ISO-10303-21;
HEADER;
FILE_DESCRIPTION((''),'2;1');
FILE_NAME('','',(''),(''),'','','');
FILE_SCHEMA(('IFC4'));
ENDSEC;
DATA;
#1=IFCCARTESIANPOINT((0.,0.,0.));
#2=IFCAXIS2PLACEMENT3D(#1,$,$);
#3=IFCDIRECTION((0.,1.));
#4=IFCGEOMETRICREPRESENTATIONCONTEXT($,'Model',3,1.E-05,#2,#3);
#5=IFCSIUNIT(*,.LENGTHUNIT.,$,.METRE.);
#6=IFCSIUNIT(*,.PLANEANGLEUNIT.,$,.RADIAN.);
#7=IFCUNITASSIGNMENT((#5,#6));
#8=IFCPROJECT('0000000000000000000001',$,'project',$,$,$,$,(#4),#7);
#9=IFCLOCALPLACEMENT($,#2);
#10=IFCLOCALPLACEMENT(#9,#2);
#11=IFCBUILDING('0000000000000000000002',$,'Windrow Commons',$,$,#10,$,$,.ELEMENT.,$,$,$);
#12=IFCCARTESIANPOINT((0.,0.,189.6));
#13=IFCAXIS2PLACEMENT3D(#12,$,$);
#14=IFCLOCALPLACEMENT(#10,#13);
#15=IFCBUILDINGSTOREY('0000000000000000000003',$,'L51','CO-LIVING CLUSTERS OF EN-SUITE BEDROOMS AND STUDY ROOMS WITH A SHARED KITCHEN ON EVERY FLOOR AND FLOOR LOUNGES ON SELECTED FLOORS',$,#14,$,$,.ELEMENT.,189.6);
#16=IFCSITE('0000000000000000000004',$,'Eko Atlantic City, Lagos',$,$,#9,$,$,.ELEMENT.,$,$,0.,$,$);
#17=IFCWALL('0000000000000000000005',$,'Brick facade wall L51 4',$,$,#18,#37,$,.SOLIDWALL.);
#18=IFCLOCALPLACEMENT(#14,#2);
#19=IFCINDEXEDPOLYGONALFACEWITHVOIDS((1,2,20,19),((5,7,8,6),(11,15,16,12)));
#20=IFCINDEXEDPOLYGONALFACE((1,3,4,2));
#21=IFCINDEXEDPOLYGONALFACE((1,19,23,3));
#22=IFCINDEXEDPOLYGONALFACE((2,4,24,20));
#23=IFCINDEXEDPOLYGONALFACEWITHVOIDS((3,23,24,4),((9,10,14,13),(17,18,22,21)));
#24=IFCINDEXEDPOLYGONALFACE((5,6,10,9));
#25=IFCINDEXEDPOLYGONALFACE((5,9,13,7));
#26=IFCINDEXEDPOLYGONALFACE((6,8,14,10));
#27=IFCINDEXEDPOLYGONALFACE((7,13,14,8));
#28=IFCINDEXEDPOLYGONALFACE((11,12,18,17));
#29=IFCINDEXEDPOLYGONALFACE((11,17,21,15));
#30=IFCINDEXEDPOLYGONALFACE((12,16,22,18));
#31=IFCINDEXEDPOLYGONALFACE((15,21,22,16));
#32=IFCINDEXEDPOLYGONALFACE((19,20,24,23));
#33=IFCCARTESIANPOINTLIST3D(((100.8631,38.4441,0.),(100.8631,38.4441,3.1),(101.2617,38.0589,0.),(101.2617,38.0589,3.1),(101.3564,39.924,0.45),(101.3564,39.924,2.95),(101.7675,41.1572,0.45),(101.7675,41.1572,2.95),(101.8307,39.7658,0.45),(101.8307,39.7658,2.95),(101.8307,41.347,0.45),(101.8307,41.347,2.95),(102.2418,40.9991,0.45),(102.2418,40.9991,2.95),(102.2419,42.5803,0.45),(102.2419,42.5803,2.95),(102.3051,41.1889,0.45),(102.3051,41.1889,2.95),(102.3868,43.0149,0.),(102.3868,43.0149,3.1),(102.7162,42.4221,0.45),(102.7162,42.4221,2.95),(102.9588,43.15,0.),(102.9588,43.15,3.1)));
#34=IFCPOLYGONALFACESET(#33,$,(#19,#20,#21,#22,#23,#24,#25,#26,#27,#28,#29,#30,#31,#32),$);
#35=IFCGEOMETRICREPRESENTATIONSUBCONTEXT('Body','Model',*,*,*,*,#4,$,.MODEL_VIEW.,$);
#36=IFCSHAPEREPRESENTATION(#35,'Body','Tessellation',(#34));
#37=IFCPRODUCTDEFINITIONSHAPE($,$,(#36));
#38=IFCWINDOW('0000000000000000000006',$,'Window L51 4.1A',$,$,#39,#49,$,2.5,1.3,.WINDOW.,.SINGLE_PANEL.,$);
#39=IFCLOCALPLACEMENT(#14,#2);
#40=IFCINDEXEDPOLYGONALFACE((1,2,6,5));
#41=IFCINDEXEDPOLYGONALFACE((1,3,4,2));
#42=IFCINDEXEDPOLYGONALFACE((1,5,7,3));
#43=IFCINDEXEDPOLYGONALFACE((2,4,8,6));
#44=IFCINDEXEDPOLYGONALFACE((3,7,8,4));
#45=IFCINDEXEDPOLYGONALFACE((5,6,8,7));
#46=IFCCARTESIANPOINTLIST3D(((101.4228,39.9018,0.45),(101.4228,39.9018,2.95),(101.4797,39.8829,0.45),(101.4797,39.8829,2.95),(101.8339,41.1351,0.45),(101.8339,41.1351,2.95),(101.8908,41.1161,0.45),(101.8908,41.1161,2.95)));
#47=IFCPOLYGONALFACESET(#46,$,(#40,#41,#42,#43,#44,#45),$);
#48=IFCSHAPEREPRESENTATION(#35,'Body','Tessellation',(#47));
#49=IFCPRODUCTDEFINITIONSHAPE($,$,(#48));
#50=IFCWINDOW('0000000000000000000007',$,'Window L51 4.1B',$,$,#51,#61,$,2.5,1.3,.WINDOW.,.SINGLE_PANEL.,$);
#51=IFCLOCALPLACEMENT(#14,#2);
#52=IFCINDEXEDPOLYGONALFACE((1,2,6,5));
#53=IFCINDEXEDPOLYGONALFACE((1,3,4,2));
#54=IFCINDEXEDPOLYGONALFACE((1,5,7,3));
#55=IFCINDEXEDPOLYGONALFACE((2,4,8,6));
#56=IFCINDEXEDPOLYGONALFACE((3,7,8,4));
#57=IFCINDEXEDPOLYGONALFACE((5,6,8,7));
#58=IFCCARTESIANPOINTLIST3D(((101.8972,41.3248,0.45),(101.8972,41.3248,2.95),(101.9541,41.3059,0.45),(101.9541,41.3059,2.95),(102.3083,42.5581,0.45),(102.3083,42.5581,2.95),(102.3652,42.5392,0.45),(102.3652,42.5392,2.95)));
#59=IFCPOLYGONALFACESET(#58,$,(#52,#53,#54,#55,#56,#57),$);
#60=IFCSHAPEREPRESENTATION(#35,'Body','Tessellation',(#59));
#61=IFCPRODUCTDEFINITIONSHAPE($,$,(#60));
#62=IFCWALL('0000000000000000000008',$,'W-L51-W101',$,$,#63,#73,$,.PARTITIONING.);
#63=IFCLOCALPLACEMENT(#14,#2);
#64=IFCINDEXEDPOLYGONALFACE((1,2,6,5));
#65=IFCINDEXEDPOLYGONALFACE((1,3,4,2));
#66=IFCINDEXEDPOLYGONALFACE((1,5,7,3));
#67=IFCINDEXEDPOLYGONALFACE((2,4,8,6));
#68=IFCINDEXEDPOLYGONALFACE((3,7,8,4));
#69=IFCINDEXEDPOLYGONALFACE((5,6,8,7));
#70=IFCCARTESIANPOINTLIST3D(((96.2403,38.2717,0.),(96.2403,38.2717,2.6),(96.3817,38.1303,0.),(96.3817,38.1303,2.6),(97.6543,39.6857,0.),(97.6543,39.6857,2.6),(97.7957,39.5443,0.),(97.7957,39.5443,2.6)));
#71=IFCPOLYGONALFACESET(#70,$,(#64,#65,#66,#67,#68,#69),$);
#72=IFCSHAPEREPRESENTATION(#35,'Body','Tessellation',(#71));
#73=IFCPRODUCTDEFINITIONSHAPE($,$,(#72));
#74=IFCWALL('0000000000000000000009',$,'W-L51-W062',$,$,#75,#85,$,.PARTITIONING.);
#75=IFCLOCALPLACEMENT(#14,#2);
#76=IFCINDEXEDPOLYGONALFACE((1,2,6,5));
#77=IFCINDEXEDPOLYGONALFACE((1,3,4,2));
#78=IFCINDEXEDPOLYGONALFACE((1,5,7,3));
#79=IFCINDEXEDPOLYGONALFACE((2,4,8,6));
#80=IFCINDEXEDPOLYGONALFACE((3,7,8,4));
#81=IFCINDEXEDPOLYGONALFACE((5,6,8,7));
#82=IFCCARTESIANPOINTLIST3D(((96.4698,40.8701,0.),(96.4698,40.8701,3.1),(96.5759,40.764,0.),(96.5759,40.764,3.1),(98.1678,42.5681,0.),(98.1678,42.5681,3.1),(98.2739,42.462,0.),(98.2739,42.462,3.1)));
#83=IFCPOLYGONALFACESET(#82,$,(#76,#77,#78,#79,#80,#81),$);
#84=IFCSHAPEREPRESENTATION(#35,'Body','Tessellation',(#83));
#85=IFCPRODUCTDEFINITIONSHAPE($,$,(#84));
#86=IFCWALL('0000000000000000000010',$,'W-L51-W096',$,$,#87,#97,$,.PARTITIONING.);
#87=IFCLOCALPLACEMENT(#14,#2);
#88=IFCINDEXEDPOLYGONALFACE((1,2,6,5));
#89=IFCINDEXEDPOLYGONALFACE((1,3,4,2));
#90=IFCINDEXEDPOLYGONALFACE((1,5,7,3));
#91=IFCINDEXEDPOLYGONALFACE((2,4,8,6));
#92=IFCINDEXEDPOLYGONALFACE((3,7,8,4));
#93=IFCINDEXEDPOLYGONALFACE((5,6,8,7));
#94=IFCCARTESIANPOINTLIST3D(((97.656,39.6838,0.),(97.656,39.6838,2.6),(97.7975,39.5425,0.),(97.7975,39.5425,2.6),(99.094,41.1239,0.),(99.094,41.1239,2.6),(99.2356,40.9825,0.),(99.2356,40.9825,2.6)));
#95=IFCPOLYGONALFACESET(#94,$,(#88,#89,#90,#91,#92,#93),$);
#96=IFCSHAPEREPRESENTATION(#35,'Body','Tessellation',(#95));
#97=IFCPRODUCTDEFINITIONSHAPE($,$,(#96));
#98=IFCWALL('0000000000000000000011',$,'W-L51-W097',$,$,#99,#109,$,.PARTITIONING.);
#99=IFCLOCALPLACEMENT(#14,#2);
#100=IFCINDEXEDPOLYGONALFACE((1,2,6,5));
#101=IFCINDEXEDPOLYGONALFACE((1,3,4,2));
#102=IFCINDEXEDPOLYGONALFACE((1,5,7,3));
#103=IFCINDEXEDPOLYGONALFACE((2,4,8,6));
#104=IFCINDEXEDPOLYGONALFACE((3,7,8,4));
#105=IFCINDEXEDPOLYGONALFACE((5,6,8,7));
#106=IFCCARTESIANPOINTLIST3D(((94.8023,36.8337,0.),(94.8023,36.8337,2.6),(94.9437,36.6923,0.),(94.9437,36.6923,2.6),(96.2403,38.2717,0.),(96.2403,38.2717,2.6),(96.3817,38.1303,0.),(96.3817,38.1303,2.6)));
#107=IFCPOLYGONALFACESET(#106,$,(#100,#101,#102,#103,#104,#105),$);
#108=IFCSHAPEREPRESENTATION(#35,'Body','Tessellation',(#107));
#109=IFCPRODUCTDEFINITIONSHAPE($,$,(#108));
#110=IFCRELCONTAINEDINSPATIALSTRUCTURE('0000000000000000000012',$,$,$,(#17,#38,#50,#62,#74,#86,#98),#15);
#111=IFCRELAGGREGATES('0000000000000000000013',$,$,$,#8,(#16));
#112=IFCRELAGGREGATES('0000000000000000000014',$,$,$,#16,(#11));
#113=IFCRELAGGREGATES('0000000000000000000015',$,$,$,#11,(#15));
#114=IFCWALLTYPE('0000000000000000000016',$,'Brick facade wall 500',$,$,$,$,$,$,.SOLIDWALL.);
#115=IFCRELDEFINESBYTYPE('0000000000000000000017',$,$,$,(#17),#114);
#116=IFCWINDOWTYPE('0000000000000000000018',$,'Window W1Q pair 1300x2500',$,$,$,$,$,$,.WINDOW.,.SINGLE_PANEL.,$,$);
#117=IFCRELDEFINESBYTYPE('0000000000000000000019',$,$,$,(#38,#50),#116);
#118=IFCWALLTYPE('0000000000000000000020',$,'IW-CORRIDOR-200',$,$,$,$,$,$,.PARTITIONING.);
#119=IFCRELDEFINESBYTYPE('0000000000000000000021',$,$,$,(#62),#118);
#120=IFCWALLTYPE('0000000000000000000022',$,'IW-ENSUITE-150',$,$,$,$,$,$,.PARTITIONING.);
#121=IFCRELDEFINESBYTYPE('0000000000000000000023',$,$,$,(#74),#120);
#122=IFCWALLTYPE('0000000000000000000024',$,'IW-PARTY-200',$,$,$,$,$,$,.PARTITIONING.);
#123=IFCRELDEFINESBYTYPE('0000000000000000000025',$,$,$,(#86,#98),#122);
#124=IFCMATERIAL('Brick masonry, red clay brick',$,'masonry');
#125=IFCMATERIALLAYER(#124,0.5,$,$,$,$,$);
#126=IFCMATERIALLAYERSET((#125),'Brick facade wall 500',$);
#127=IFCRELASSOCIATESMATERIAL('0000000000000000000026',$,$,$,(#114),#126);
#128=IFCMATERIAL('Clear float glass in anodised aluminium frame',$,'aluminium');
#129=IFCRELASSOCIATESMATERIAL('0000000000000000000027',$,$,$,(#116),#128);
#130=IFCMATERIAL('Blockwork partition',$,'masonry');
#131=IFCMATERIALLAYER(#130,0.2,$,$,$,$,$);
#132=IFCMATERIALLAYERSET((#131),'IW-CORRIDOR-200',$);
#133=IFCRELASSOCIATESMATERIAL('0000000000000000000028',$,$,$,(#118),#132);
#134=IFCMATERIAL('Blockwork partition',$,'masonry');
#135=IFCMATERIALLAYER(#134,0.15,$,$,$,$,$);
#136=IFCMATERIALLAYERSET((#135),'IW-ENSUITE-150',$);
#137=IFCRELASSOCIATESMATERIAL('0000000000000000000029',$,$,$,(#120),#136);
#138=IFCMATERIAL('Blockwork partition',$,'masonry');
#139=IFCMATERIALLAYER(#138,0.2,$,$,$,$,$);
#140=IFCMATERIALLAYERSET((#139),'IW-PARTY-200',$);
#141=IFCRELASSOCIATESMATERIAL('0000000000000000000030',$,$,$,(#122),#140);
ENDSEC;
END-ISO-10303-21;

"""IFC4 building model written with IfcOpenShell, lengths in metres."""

from ifc_helpers import new_model, si_unit, direction, frame, frame_2d, origin, place, context, subcontext, project, spatial, polyline, rectangle, outline, extrude, material, layer, layer_set, type_object, element, fill, save


model = new_model("IFC4")

# Units and contexts
model_context = context("Model", 3, precision=1e-05, world=origin(), true_north=direction((0.0, 1.0)))
body_context = subcontext(model_context, "Body", "Model", "MODEL_VIEW")
ifc_project = project(units=[si_unit("LENGTHUNIT", "METRE"), si_unit("PLANEANGLEUNIT", "RADIAN")], contexts=[model_context])

# Site, building, storey
site_placement = place(None, origin())
site = spatial("IfcSite", under=ifc_project, at=site_placement, Name="Eko Atlantic City, Lagos", CompositionType="ELEMENT", RefElevation=0.0)
building_placement = place(site_placement, origin())
building = spatial("IfcBuilding", under=site, at=building_placement, Name="Windrow Commons", CompositionType="ELEMENT")
storey_placement = place(building_placement, frame((0.0, 0.0, 189.6)))
storey = spatial("IfcBuildingStorey", under=building, at=storey_placement, Name="L51", Description="CO-LIVING CLUSTERS OF EN-SUITE BEDROOMS AND STUDY ROOMS WITH A SHARED KITCHEN ON EVERY FLOOR AND FLOOR LOUNGES ON SELECTED FLOORS", CompositionType="ELEMENT", Elevation=189.6)

# Wall, openings, windows
ifc_material_1 = material(Name="Brick masonry, red clay brick", Category="masonry")
ifc_layer_1 = layer(ifc_material_1, 0.5)
ifc_layer_set_1 = layer_set([ifc_layer_1], Name="Brick facade wall 500")
wall_type_1 = type_object("IfcWallType", Name="Brick facade wall 500", PredefinedType="SOLIDWALL", material=ifc_layer_set_1)
ifc_material_2 = material(Name="Clear float glass in anodised aluminium frame", Category="aluminium")
window_type = type_object("IfcWindowType", Name="Window W1Q pair 1300x2500", PartitioningType="SINGLE_PANEL", PredefinedType="WINDOW", material=ifc_material_2)
wall_1_placement = place(storey_placement, frame((101.0624, 38.2515, 0.0), z_axis=(0.0, 0.0, 1.0), x_axis=(0.31624, 0.948679, 0.0)))
wall_1 = element("IfcWall", 1, at=wall_1_placement, inside=storey, type_object=wall_type_1, Name="Brick facade wall L51 4", PredefinedType="SOLIDWALL", context=body_context, shape_type="SweptSolid", body=[
    extrude(outline(polyline([(-0.1197, -0.25), (5.2468, -0.25), (4.9378, 0.25), (0.1197, 0.25), (-0.1197, -0.25)])), origin(), (0.0, 0.0, 1.0), 3.1),
])
opening_1_placement = place(wall_1_placement, frame((1.6796, 0.0, 0.45)))
opening_1 = element("IfcOpeningElement", 2, at=opening_1_placement, cuts=wall_1, PredefinedType="OPENING", context=body_context, shape_type="SweptSolid", body=[
    extrude(rectangle(XDim=1.3, YDim=2.5, at=frame_2d((0.65, 1.25))), frame((0.0, 0.26, 0.0), z_axis=(0.0, -1.0, 0.0), x_axis=(1.0, 0.0, 0.0)), (0.0, 0.0, 1.0), 0.52),
])
opening_2_placement = place(wall_1_placement, frame((3.1796, 0.0, 0.45)))
opening_2 = element("IfcOpeningElement", 3, at=opening_2_placement, cuts=wall_1, PredefinedType="OPENING", context=body_context, shape_type="SweptSolid", body=[
    extrude(rectangle(XDim=1.3, YDim=2.5, at=frame_2d((0.65, 1.25))), frame((0.0, 0.26, 0.0), z_axis=(0.0, -1.0, 0.0), x_axis=(1.0, 0.0, 0.0)), (0.0, 0.0, 1.0), 0.52),
])
window_1_placement = place(opening_1_placement, origin())
window_1 = element("IfcWindow", 4, at=window_1_placement, inside=storey, type_object=window_type, Name="Window L51 4.1A", OverallHeight=2.5, OverallWidth=1.3, PartitioningType="SINGLE_PANEL", PredefinedType="WINDOW", context=body_context, shape_type="SweptSolid", body=[
    extrude(rectangle(XDim=1.3, YDim=2.5, at=frame_2d((0.65, 1.25))), frame((0.0, 0.18, 0.0), z_axis=(0.0, -1.0, 0.0), x_axis=(1.0, 0.0, 0.0)), (0.0, 0.0, 1.0), 0.06),
])
fill(opening_1, window_1)
window_2_placement = place(opening_2_placement, origin())
window_2 = element("IfcWindow", 5, at=window_2_placement, inside=storey, type_object=window_type, Name="Window L51 4.1B", OverallHeight=2.5, OverallWidth=1.3, PartitioningType="SINGLE_PANEL", PredefinedType="WINDOW", context=body_context, shape_type="SweptSolid", body=[
    extrude(rectangle(XDim=1.3, YDim=2.5, at=frame_2d((0.65, 1.25))), frame((0.0, 0.18, 0.0), z_axis=(0.0, -1.0, 0.0), x_axis=(1.0, 0.0, 0.0)), (0.0, 0.0, 1.0), 0.06),
])
fill(opening_2, window_2)

# Walls
ifc_material_3 = material(Name="Blockwork partition", Category="masonry")
ifc_layer_2 = layer(ifc_material_3, 0.2)
ifc_layer_set_2 = layer_set([ifc_layer_2], Name="IW-CORRIDOR-200")
wall_type_2 = type_object("IfcWallType", Name="IW-CORRIDOR-200", PredefinedType="PARTITIONING", material=ifc_layer_set_2)
wall_2_placement = place(storey_placement, frame((96.311, 38.201, 0.0), z_axis=(0.0, 0.0, 1.0), x_axis=(0.707107, 0.707107, 0.0)))
element("IfcWall", 6, at=wall_2_placement, inside=storey, type_object=wall_type_2, Name="W-L51-W101", PredefinedType="PARTITIONING", context=body_context, shape_type="SweptSolid", body=[
    extrude(rectangle(XDim=1.9997, YDim=0.2, at=frame_2d((0.9999, 0.0))), origin(), (0.0, 0.0, 1.0), 2.6),
])
ifc_material_4 = material(Name="Blockwork partition", Category="masonry")
ifc_layer_3 = layer(ifc_material_4, 0.15)
ifc_layer_set_3 = layer_set([ifc_layer_3], Name="IW-ENSUITE-150")
wall_type_3 = type_object("IfcWallType", Name="IW-ENSUITE-150", PredefinedType="PARTITIONING", material=ifc_layer_set_3)
wall_3_placement = place(storey_placement, frame((96.5229, 40.8171, 0.0), z_axis=(0.0, 0.0, 1.0), x_axis=(0.707107, 0.707107, 0.0)))
element("IfcWall", 7, at=wall_3_placement, inside=storey, type_object=wall_type_3, Name="W-L51-W062", PredefinedType="PARTITIONING", context=body_context, shape_type="SweptSolid", body=[
    extrude(rectangle(XDim=2.4013, YDim=0.15, at=frame_2d((1.2006, 0.0))), origin(), (0.0, 0.0, 1.0), 3.1),
])
ifc_material_5 = material(Name="Blockwork partition", Category="masonry")
ifc_layer_4 = layer(ifc_material_5, 0.2)
ifc_layer_set_4 = layer_set([ifc_layer_4], Name="IW-PARTY-200")
wall_type_4 = type_object("IfcWallType", Name="IW-PARTY-200", PredefinedType="PARTITIONING", material=ifc_layer_set_4)
wall_4_placement = place(storey_placement, frame((97.7268, 39.6132, 0.0), z_axis=(0.0, 0.0, 1.0), x_axis=(0.706615, 0.707598, 0.0)))
element("IfcWall", 8, at=wall_4_placement, inside=storey, type_object=wall_type_4, Name="W-L51-W096", PredefinedType="PARTITIONING", context=body_context, shape_type="SweptSolid", body=[
    extrude(rectangle(XDim=2.0351, YDim=0.2, at=frame_2d((1.0175, 0.0))), origin(), (0.0, 0.0, 1.0), 2.6),
])
wall_5_placement = place(storey_placement, frame((94.873, 36.763, 0.0), z_axis=(0.0, 0.0, 1.0), x_axis=(0.707107, 0.707107, 0.0)))
element("IfcWall", 9, at=wall_5_placement, inside=storey, type_object=wall_type_4, Name="W-L51-W097", PredefinedType="PARTITIONING", context=body_context, shape_type="SweptSolid", body=[
    extrude(rectangle(XDim=2.0336, YDim=0.2, at=frame_2d((1.0168, 0.0))), origin(), (0.0, 0.0, 1.0), 2.6),
])

save(model, "model.ifc")
